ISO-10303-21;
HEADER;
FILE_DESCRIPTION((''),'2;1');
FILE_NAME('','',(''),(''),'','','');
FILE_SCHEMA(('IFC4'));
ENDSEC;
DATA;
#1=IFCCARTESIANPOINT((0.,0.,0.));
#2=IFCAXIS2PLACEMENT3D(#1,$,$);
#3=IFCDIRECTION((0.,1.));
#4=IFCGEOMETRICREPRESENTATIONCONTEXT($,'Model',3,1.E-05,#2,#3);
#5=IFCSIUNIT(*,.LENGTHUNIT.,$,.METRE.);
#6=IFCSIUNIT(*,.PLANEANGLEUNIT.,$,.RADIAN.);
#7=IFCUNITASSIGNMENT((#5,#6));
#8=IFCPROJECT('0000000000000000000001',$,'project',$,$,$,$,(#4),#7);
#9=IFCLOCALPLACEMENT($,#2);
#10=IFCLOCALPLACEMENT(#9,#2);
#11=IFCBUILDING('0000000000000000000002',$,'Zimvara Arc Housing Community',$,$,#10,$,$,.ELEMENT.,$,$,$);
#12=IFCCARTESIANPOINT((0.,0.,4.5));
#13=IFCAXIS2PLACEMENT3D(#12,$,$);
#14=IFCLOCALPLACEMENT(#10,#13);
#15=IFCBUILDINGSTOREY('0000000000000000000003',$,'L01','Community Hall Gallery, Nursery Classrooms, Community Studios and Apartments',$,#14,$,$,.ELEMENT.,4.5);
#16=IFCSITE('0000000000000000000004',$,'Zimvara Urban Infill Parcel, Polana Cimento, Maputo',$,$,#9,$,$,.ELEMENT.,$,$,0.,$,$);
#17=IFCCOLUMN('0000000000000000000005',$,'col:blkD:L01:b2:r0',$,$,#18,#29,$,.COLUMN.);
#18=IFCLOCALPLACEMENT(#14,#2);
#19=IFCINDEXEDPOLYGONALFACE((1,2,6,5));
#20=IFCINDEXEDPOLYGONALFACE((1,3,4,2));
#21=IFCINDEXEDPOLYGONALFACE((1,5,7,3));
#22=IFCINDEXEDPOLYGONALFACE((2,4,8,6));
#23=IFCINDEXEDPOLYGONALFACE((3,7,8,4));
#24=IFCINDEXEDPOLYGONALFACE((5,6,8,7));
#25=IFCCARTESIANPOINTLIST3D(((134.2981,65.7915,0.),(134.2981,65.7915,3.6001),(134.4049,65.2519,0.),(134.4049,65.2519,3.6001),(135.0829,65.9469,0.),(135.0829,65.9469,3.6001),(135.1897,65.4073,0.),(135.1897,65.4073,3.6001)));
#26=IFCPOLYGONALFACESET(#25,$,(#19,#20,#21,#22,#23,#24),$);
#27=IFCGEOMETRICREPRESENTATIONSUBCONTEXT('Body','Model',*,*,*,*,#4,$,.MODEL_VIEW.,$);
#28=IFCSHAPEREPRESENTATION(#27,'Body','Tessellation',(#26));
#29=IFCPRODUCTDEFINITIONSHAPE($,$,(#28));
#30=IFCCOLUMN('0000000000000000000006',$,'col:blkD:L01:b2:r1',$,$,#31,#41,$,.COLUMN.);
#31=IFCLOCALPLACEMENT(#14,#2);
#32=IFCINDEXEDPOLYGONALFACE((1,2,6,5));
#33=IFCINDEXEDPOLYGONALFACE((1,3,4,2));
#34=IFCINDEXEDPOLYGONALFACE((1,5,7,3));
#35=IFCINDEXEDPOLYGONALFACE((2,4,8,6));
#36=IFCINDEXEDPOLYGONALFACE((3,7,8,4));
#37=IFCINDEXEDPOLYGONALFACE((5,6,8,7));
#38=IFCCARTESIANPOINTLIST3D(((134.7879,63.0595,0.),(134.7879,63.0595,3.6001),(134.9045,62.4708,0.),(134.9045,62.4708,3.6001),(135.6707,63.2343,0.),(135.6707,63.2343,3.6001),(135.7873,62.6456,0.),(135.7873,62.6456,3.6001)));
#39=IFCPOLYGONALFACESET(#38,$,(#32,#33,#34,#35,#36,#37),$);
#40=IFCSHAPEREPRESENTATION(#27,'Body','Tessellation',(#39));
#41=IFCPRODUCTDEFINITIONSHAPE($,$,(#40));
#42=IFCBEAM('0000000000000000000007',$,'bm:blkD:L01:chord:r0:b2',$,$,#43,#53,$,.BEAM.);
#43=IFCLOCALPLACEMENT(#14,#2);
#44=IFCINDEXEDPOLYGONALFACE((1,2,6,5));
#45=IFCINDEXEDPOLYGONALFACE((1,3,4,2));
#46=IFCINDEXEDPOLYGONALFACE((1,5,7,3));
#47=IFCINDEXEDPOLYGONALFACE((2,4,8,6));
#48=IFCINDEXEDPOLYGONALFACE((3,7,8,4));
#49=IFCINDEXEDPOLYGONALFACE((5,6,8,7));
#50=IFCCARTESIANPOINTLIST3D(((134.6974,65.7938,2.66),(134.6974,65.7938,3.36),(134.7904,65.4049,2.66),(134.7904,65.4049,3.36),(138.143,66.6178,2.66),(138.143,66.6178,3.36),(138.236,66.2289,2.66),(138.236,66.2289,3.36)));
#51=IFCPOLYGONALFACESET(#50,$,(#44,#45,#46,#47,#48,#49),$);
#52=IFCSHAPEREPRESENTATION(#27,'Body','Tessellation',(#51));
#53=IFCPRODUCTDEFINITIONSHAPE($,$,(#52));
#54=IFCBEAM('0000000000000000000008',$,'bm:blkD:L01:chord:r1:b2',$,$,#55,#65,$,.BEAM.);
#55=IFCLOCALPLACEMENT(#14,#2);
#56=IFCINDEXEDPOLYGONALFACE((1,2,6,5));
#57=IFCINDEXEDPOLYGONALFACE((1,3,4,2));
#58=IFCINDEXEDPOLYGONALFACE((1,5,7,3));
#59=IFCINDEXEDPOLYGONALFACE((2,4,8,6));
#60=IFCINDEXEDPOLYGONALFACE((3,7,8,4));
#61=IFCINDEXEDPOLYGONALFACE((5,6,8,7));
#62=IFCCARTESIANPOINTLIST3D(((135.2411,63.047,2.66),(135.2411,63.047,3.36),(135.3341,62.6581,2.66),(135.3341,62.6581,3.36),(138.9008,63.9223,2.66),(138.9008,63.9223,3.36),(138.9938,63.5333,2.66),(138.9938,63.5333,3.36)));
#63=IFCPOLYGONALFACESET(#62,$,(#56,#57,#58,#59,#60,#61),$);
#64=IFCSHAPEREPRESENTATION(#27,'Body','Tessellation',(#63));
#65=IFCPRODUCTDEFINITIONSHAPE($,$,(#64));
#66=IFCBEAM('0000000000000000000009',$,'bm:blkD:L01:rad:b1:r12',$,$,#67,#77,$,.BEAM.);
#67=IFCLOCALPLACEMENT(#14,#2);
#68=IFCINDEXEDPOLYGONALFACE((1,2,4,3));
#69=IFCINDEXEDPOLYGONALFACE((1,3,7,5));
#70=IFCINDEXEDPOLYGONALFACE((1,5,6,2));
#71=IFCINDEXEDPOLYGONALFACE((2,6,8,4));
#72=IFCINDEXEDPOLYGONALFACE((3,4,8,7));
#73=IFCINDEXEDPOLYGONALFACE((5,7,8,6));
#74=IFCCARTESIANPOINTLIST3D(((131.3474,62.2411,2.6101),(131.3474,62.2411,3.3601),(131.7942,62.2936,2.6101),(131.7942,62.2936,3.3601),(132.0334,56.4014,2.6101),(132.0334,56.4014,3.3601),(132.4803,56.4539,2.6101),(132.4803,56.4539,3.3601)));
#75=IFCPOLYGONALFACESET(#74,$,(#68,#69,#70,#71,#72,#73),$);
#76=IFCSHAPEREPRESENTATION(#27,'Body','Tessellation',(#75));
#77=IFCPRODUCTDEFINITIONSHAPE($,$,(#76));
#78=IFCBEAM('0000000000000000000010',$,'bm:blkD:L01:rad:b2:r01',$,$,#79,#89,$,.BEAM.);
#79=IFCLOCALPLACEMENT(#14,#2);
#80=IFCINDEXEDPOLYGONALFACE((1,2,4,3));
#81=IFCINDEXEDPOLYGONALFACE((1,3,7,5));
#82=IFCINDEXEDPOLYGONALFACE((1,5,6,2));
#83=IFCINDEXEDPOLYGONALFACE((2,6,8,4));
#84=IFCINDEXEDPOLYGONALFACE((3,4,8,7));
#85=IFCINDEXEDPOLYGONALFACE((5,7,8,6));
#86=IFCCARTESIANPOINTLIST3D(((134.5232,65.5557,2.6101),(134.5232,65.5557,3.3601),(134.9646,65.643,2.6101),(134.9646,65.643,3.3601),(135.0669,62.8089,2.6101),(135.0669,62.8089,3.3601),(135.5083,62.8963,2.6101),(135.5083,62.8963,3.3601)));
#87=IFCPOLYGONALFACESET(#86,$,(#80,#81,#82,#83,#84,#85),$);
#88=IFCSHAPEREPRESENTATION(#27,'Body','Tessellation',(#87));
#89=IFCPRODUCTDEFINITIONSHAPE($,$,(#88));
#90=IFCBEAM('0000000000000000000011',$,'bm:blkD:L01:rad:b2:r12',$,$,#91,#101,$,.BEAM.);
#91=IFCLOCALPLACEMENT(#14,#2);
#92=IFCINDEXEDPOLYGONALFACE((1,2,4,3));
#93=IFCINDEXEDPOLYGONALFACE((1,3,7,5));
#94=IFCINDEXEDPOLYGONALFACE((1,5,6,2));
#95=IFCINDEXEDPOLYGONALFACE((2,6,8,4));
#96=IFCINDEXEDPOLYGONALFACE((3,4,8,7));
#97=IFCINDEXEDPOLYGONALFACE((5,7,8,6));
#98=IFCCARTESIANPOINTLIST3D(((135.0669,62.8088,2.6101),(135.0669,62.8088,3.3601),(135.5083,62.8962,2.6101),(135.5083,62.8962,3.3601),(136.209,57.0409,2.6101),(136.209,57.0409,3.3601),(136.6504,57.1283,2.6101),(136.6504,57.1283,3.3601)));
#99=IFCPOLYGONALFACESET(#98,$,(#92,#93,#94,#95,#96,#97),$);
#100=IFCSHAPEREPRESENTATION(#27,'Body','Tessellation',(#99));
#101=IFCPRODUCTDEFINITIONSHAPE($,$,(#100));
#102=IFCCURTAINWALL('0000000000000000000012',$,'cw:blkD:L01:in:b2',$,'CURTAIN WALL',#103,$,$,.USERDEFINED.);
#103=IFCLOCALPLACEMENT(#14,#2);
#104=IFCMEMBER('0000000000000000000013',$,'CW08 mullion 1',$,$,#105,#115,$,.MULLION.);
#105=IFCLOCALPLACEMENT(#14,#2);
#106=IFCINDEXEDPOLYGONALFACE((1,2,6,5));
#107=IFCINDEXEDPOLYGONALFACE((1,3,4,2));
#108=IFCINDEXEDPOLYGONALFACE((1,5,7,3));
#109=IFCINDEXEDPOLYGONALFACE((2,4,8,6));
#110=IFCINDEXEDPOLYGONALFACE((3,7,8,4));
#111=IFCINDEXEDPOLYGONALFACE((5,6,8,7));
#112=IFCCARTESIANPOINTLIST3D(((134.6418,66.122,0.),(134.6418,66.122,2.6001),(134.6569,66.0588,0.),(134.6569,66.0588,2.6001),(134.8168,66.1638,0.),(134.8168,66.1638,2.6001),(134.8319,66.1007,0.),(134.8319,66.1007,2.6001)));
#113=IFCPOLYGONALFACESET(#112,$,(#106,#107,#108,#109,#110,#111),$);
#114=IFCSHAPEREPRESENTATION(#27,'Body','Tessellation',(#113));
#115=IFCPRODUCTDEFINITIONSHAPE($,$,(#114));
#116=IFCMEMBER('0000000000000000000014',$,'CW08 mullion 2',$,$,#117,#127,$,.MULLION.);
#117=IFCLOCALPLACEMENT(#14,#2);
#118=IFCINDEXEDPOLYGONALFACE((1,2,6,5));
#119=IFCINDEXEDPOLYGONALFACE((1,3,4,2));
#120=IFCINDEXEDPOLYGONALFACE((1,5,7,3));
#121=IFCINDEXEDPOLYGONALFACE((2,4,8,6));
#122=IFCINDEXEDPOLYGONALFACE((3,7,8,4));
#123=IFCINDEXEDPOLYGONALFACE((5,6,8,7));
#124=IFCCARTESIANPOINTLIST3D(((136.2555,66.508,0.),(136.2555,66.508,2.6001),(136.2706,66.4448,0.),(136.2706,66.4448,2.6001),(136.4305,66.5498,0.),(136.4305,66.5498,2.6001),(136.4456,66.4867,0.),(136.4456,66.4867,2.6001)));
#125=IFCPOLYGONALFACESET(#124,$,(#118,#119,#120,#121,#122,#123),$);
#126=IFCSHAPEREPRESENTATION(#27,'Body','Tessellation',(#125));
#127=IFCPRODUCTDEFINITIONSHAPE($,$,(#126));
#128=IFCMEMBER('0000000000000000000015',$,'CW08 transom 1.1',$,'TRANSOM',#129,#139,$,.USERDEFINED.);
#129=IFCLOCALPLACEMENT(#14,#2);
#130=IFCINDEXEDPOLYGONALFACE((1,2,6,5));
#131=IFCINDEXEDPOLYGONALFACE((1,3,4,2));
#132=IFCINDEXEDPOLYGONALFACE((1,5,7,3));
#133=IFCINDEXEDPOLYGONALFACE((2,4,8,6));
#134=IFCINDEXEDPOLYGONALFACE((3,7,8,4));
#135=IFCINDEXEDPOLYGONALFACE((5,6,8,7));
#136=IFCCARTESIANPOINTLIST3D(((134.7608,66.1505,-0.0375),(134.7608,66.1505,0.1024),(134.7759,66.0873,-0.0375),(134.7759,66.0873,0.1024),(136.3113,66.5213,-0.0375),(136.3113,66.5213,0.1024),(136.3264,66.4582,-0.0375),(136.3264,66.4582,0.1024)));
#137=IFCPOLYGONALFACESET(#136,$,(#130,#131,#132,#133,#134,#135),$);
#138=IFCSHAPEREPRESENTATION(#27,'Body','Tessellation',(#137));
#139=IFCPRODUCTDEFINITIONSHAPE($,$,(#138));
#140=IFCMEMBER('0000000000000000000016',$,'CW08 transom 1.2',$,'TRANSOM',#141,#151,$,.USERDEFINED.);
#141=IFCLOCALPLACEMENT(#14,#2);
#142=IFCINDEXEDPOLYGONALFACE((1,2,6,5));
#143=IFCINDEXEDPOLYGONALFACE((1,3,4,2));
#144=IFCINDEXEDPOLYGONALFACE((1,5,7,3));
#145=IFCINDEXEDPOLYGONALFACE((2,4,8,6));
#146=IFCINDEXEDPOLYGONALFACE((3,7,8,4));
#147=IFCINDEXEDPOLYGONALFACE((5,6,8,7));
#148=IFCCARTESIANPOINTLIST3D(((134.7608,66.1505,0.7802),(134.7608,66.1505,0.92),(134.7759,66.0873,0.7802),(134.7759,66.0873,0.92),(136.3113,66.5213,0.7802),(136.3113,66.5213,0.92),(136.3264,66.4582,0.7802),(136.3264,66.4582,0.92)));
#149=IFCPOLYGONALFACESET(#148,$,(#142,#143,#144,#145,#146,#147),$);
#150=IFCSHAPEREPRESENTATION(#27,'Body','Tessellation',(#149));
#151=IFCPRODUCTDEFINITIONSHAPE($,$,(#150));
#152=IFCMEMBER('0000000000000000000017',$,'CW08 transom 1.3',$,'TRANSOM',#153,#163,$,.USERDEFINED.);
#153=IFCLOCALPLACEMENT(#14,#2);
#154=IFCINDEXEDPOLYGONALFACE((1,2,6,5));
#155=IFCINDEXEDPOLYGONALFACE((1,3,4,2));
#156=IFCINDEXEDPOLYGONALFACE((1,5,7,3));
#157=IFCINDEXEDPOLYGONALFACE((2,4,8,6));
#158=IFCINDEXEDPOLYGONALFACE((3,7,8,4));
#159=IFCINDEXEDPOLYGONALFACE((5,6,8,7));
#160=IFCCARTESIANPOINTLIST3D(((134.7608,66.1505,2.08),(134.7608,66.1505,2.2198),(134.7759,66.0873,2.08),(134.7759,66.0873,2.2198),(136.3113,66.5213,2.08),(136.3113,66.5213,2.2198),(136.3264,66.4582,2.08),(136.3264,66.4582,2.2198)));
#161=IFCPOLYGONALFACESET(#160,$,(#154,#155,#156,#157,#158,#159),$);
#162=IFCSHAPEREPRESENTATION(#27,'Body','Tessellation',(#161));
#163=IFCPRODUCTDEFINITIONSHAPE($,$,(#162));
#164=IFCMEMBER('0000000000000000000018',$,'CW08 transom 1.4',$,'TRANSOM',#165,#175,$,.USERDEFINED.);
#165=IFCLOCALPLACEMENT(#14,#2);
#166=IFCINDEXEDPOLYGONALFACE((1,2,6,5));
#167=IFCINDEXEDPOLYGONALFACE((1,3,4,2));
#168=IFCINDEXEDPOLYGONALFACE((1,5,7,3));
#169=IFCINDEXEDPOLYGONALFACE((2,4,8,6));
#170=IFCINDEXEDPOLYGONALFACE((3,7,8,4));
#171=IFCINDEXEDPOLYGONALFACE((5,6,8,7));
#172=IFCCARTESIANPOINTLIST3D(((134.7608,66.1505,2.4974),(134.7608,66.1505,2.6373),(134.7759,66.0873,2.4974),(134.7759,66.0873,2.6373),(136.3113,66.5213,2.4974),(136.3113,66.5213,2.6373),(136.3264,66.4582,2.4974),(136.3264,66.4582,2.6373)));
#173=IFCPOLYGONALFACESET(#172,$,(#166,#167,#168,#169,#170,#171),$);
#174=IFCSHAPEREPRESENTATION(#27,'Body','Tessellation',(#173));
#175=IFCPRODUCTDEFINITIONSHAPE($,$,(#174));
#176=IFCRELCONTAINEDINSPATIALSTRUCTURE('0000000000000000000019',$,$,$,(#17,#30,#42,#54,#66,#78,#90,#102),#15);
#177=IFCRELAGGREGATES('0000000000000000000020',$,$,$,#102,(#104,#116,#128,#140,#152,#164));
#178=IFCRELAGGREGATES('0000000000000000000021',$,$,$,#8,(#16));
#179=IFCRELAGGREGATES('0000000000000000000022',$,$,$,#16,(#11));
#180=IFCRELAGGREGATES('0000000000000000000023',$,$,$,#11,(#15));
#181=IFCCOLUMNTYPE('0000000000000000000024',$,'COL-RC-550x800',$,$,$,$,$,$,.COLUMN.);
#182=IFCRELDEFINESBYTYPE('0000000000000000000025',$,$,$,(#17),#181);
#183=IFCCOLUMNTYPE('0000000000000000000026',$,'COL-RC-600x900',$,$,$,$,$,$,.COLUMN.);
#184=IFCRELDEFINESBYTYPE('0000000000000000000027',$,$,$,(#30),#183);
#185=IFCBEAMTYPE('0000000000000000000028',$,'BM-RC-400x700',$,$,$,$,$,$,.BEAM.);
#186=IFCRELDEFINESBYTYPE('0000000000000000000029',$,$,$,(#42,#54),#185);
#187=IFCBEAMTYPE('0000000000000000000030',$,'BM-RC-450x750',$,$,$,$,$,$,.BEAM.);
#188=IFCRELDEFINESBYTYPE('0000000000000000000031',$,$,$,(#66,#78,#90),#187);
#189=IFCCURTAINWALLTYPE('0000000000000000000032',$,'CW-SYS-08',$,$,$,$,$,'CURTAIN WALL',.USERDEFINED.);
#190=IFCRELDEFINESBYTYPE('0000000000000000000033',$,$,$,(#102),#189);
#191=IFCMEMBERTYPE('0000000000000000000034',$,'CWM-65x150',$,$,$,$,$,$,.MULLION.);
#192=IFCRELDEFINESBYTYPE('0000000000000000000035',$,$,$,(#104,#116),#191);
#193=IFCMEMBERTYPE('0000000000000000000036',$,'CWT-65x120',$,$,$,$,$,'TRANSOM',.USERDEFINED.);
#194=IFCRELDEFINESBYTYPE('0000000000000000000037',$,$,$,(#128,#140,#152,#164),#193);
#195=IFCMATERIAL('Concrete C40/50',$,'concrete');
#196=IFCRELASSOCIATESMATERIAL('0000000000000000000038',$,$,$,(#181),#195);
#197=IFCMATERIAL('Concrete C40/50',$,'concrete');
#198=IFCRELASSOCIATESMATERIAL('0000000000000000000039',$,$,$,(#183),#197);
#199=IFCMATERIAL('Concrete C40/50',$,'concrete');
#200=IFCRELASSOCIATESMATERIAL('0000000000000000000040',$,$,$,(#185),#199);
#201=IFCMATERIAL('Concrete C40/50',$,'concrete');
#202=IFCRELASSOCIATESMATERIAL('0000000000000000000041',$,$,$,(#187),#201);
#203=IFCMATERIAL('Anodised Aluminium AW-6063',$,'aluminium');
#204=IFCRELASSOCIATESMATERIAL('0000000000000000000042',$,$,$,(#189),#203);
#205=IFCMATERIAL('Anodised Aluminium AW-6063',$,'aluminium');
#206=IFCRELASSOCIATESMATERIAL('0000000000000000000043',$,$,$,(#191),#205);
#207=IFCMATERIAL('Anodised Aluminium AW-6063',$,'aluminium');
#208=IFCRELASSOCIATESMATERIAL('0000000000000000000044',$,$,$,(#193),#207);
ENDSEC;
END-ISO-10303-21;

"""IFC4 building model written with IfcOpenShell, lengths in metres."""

from ifc_helpers import new_model, si_unit, direction, frame, origin, origin_2d, place, context, subcontext, project, spatial, rectangle, extrude, material, material_profile, profile_set, type_object, element, aggregate, save


model = new_model("IFC4")

# Units and contexts
model_context = context("Model", 3, precision=1e-05, world=origin(), true_north=direction((0.0, 1.0)))
body_context = subcontext(model_context, "Body", "Model", "MODEL_VIEW")
ifc_project = project(units=[si_unit("LENGTHUNIT", "METRE"), si_unit("PLANEANGLEUNIT", "RADIAN")], contexts=[model_context])

# Site, building, storey
site_placement = place(None, origin())
site = spatial("IfcSite", under=ifc_project, at=site_placement, Name="Zimvara Urban Infill Parcel, Polana Cimento, Maputo", CompositionType="ELEMENT", RefElevation=0.0)
building_placement = place(site_placement, origin())
building = spatial("IfcBuilding", under=site, at=building_placement, Name="Zimvara Arc Housing Community", CompositionType="ELEMENT")
storey_placement = place(building_placement, frame((0.0, 0.0, 4.5)))
storey = spatial("IfcBuildingStorey", under=building, at=storey_placement, Name="L01", Description="Community Hall Gallery, Nursery Classrooms, Community Studios and Apartments", CompositionType="ELEMENT", Elevation=4.5)

# Columns
ifc_material_1 = material(Name="Concrete C40/50", Category="concrete")
ifc_material_profile_1 = material_profile(ifc_material_1, rectangle(XDim=0.55, YDim=0.8, at=origin_2d()), Name="RC 550x800")
ifc_profile_set_1 = profile_set([ifc_material_profile_1], Name="Concrete C40/50")
column_type_1 = type_object("IfcColumnType", Name="COL-RC-550x800", PredefinedType="COLUMN", material=ifc_profile_set_1)
column_1_placement = place(storey_placement, frame((134.7439, 65.5994, 0.0), z_axis=(0.0, 0.0, 1.0), x_axis=(0.194234, -0.980955, 0.0)))
element("IfcColumn", 1, at=column_1_placement, inside=storey, type_object=column_type_1, Name="col:blkD:L01:b2:r0", PredefinedType="COLUMN", context=body_context, shape_type="SweptSolid", body=[
    extrude(rectangle(XDim=0.55, YDim=0.8, at=origin_2d()), origin(), (0.0, 0.0, 1.0), 3.6001),
])
ifc_material_2 = material(Name="Concrete C40/50", Category="concrete")
ifc_material_profile_2 = material_profile(ifc_material_2, rectangle(XDim=0.6001, YDim=0.8999, at=origin_2d()), Name="RC 600x900")
ifc_profile_set_2 = profile_set([ifc_material_profile_2], Name="Concrete C40/50")
column_type_2 = type_object("IfcColumnType", Name="COL-RC-600x900", PredefinedType="COLUMN", material=ifc_profile_set_2)
column_2_placement = place(storey_placement, frame((135.2876, 62.8525, 0.0), z_axis=(0.0, 0.0, 1.0), x_axis=(0.194234, -0.980955, 0.0)))
element("IfcColumn", 2, at=column_2_placement, inside=storey, type_object=column_type_2, Name="col:blkD:L01:b2:r1", PredefinedType="COLUMN", context=body_context, shape_type="SweptSolid", body=[
    extrude(rectangle(XDim=0.6001, YDim=0.8999, at=origin_2d()), origin(), (0.0, 0.0, 1.0), 3.6001),
])

# Beams
ifc_material_3 = material(Name="Concrete C40/50", Category="concrete")
ifc_material_profile_3 = material_profile(ifc_material_3, rectangle(XDim=0.3999, YDim=0.7, at=origin_2d()), Name="RC 400x700")
ifc_profile_set_3 = profile_set([ifc_material_profile_3], Name="Concrete C40/50")
beam_type_1 = type_object("IfcBeamType", Name="BM-RC-400x700", PredefinedType="BEAM", material=ifc_profile_set_3)
beam_1_placement = place(storey_placement, frame((134.7439, 65.5994, 3.01), z_axis=(0.972577, 0.232583, 0.0), x_axis=(-0.232583, 0.972577, 0.0)))
element("IfcBeam", 3, at=beam_1_placement, inside=storey, type_object=beam_type_1, Name="bm:blkD:L01:chord:r0:b2", PredefinedType="BEAM", context=body_context, shape_type="SweptSolid", body=[
    extrude(rectangle(XDim=0.3999, YDim=0.7, at=origin_2d()), origin(), (0.0, 0.0, 1.0), 3.5427),
])
beam_2_placement = place(storey_placement, frame((135.2876, 62.8525, 3.01), z_axis=(0.972573, 0.2326, 0.0), x_axis=(-0.2326, 0.972573, 0.0)))
element("IfcBeam", 4, at=beam_2_placement, inside=storey, type_object=beam_type_1, Name="bm:blkD:L01:chord:r1:b2", PredefinedType="BEAM", context=body_context, shape_type="SweptSolid", body=[
    extrude(rectangle(XDim=0.3999, YDim=0.7, at=origin_2d()), origin(), (0.0, 0.0, 1.0), 3.7629),
])
ifc_material_4 = material(Name="Concrete C40/50", Category="concrete")
ifc_material_profile_4 = material_profile(ifc_material_4, rectangle(XDim=0.45, YDim=0.75, at=origin_2d()), Name="RC 450x750")
ifc_profile_set_4 = profile_set([ifc_material_profile_4], Name="Concrete C40/50")
beam_type_2 = type_object("IfcBeamType", Name="BM-RC-450x750", PredefinedType="BEAM", material=ifc_profile_set_4)
beam_3_placement = place(storey_placement, frame((131.5708, 62.2673, 2.9851), z_axis=(0.116673, -0.99317, 0.0), x_axis=(0.99317, 0.116673, 0.0)))
element("IfcBeam", 5, at=beam_3_placement, inside=storey, type_object=beam_type_2, Name="bm:blkD:L01:rad:b1:r12", PredefinedType="BEAM", context=body_context, shape_type="SweptSolid", body=[
    extrude(rectangle(XDim=0.45, YDim=0.75, at=origin_2d()), origin(), (0.0, 0.0, 1.0), 5.8799),
])
beam_4_placement = place(storey_placement, frame((134.7439, 65.5994, 2.9851), z_axis=(0.194171, -0.980968, 0.0), x_axis=(0.980968, 0.194171, 0.0)))
element("IfcBeam", 6, at=beam_4_placement, inside=storey, type_object=beam_type_2, Name="bm:blkD:L01:rad:b2:r01", PredefinedType="BEAM", context=body_context, shape_type="SweptSolid", body=[
    extrude(rectangle(XDim=0.45, YDim=0.75, at=origin_2d()), origin(), (0.0, 0.0, 1.0), 2.8),
])
beam_5_placement = place(storey_placement, frame((135.2876, 62.8525, 2.9851), z_axis=(0.194239, -0.980954, 0.0), x_axis=(0.980954, 0.194239, 0.0)))
element("IfcBeam", 7, at=beam_5_placement, inside=storey, type_object=beam_type_2, Name="bm:blkD:L01:rad:b2:r12", PredefinedType="BEAM", context=body_context, shape_type="SweptSolid", body=[
    extrude(rectangle(XDim=0.45, YDim=0.75, at=origin_2d()), origin(), (0.0, 0.0, 1.0), 5.8799),
])

# Curtain wall, members
ifc_material_5 = material(Name="Anodised Aluminium AW-6063", Category="aluminium")
curtain_wall_type = type_object("IfcCurtainWallType", Name="CW-SYS-08", ElementType="CURTAIN WALL", PredefinedType="USERDEFINED", material=ifc_material_5)
curtain_wall_placement = place(storey_placement, origin())
curtain_wall = element("IfcCurtainWall", 8, at=curtain_wall_placement, inside=storey, type_object=curtain_wall_type, Name="cw:blkD:L01:in:b2", ObjectType="CURTAIN WALL", PredefinedType="USERDEFINED")
ifc_material_6 = material(Name="Anodised Aluminium AW-6063", Category="aluminium")
ifc_material_profile_5 = material_profile(ifc_material_6, rectangle(XDim=0.0649, YDim=0.1799, at=origin_2d()), Name="ALU 65x180")
ifc_profile_set_5 = profile_set([ifc_material_profile_5], Name="Anodised Aluminium AW-6063")
member_type_1 = type_object("IfcMemberType", Name="CWM-65x150", PredefinedType="MULLION", material=ifc_profile_set_5)
member_1_placement = place(storey_placement, frame((134.7368, 66.1113, 0.0), z_axis=(0.0, 0.0, 1.0), x_axis=(-0.232596, 0.972573, 0.0)))
member_1 = element("IfcMember", 9, at=member_1_placement, type_object=member_type_1, Name="CW08 mullion 1", PredefinedType="MULLION", context=body_context, shape_type="SweptSolid", body=[
    extrude(rectangle(XDim=0.0649, YDim=0.1799, at=origin_2d()), origin(), (0.0, 0.0, 1.0), 2.6001),
])
member_2_placement = place(storey_placement, frame((136.3506, 66.4973, 0.0), z_axis=(0.0, 0.0, 1.0), x_axis=(-0.232596, 0.972573, 0.0)))
member_2 = element("IfcMember", 10, at=member_2_placement, type_object=member_type_1, Name="CW08 mullion 2", PredefinedType="MULLION", context=body_context, shape_type="SweptSolid", body=[
    extrude(rectangle(XDim=0.0649, YDim=0.1799, at=origin_2d()), origin(), (0.0, 0.0, 1.0), 2.6001),
])
ifc_material_7 = material(Name="Anodised Aluminium AW-6063", Category="aluminium")
ifc_material_profile_6 = material_profile(ifc_material_7, rectangle(XDim=0.0649, YDim=0.1399, at=origin_2d()), Name="ALU 65x140")
ifc_profile_set_6 = profile_set([ifc_material_profile_6], Name="Anodised Aluminium AW-6063")
member_type_2 = type_object("IfcMemberType", Name="CWT-65x120", ElementType="TRANSOM", PredefinedType="USERDEFINED", material=ifc_profile_set_6)
member_3_placement = place(storey_placement, frame((134.7683, 66.1189, 0.0325), z_axis=(0.972569, 0.232614, 0.0), x_axis=(-0.232614, 0.972569, 0.0)))
member_3 = element("IfcMember", 11, at=member_3_placement, type_object=member_type_2, Name="CW08 transom 1.1", ObjectType="TRANSOM", PredefinedType="USERDEFINED", context=body_context, shape_type="SweptSolid", body=[
    extrude(rectangle(XDim=0.0649, YDim=0.1399, at=origin_2d()), origin(), (0.0, 0.0, 1.0), 1.5942),
])
member_4_placement = place(storey_placement, frame((134.7683, 66.1189, 0.8501), z_axis=(0.972569, 0.232614, 0.0), x_axis=(-0.232614, 0.972569, 0.0)))
member_4 = element("IfcMember", 12, at=member_4_placement, type_object=member_type_2, Name="CW08 transom 1.2", ObjectType="TRANSOM", PredefinedType="USERDEFINED", context=body_context, shape_type="SweptSolid", body=[
    extrude(rectangle(XDim=0.0649, YDim=0.1399, at=origin_2d()), origin(), (0.0, 0.0, 1.0), 1.5942),
])
member_5_placement = place(storey_placement, frame((134.7683, 66.1189, 2.1499), z_axis=(0.972569, 0.232614, 0.0), x_axis=(-0.232614, 0.972569, 0.0)))
member_5 = element("IfcMember", 13, at=member_5_placement, type_object=member_type_2, Name="CW08 transom 1.3", ObjectType="TRANSOM", PredefinedType="USERDEFINED", context=body_context, shape_type="SweptSolid", body=[
    extrude(rectangle(XDim=0.0649, YDim=0.1399, at=origin_2d()), origin(), (0.0, 0.0, 1.0), 1.5942),
])
member_6_placement = place(storey_placement, frame((134.7683, 66.1189, 2.5674), z_axis=(0.972569, 0.232614, 0.0), x_axis=(-0.232614, 0.972569, 0.0)))
member_6 = element("IfcMember", 14, at=member_6_placement, type_object=member_type_2, Name="CW08 transom 1.4", ObjectType="TRANSOM", PredefinedType="USERDEFINED", context=body_context, shape_type="SweptSolid", body=[
    extrude(rectangle(XDim=0.0649, YDim=0.1399, at=origin_2d()), origin(), (0.0, 0.0, 1.0), 1.5942),
])
aggregate(curtain_wall, [member_1, member_2, member_3, member_4, member_5, member_6])

save(model, "model.ifc")
